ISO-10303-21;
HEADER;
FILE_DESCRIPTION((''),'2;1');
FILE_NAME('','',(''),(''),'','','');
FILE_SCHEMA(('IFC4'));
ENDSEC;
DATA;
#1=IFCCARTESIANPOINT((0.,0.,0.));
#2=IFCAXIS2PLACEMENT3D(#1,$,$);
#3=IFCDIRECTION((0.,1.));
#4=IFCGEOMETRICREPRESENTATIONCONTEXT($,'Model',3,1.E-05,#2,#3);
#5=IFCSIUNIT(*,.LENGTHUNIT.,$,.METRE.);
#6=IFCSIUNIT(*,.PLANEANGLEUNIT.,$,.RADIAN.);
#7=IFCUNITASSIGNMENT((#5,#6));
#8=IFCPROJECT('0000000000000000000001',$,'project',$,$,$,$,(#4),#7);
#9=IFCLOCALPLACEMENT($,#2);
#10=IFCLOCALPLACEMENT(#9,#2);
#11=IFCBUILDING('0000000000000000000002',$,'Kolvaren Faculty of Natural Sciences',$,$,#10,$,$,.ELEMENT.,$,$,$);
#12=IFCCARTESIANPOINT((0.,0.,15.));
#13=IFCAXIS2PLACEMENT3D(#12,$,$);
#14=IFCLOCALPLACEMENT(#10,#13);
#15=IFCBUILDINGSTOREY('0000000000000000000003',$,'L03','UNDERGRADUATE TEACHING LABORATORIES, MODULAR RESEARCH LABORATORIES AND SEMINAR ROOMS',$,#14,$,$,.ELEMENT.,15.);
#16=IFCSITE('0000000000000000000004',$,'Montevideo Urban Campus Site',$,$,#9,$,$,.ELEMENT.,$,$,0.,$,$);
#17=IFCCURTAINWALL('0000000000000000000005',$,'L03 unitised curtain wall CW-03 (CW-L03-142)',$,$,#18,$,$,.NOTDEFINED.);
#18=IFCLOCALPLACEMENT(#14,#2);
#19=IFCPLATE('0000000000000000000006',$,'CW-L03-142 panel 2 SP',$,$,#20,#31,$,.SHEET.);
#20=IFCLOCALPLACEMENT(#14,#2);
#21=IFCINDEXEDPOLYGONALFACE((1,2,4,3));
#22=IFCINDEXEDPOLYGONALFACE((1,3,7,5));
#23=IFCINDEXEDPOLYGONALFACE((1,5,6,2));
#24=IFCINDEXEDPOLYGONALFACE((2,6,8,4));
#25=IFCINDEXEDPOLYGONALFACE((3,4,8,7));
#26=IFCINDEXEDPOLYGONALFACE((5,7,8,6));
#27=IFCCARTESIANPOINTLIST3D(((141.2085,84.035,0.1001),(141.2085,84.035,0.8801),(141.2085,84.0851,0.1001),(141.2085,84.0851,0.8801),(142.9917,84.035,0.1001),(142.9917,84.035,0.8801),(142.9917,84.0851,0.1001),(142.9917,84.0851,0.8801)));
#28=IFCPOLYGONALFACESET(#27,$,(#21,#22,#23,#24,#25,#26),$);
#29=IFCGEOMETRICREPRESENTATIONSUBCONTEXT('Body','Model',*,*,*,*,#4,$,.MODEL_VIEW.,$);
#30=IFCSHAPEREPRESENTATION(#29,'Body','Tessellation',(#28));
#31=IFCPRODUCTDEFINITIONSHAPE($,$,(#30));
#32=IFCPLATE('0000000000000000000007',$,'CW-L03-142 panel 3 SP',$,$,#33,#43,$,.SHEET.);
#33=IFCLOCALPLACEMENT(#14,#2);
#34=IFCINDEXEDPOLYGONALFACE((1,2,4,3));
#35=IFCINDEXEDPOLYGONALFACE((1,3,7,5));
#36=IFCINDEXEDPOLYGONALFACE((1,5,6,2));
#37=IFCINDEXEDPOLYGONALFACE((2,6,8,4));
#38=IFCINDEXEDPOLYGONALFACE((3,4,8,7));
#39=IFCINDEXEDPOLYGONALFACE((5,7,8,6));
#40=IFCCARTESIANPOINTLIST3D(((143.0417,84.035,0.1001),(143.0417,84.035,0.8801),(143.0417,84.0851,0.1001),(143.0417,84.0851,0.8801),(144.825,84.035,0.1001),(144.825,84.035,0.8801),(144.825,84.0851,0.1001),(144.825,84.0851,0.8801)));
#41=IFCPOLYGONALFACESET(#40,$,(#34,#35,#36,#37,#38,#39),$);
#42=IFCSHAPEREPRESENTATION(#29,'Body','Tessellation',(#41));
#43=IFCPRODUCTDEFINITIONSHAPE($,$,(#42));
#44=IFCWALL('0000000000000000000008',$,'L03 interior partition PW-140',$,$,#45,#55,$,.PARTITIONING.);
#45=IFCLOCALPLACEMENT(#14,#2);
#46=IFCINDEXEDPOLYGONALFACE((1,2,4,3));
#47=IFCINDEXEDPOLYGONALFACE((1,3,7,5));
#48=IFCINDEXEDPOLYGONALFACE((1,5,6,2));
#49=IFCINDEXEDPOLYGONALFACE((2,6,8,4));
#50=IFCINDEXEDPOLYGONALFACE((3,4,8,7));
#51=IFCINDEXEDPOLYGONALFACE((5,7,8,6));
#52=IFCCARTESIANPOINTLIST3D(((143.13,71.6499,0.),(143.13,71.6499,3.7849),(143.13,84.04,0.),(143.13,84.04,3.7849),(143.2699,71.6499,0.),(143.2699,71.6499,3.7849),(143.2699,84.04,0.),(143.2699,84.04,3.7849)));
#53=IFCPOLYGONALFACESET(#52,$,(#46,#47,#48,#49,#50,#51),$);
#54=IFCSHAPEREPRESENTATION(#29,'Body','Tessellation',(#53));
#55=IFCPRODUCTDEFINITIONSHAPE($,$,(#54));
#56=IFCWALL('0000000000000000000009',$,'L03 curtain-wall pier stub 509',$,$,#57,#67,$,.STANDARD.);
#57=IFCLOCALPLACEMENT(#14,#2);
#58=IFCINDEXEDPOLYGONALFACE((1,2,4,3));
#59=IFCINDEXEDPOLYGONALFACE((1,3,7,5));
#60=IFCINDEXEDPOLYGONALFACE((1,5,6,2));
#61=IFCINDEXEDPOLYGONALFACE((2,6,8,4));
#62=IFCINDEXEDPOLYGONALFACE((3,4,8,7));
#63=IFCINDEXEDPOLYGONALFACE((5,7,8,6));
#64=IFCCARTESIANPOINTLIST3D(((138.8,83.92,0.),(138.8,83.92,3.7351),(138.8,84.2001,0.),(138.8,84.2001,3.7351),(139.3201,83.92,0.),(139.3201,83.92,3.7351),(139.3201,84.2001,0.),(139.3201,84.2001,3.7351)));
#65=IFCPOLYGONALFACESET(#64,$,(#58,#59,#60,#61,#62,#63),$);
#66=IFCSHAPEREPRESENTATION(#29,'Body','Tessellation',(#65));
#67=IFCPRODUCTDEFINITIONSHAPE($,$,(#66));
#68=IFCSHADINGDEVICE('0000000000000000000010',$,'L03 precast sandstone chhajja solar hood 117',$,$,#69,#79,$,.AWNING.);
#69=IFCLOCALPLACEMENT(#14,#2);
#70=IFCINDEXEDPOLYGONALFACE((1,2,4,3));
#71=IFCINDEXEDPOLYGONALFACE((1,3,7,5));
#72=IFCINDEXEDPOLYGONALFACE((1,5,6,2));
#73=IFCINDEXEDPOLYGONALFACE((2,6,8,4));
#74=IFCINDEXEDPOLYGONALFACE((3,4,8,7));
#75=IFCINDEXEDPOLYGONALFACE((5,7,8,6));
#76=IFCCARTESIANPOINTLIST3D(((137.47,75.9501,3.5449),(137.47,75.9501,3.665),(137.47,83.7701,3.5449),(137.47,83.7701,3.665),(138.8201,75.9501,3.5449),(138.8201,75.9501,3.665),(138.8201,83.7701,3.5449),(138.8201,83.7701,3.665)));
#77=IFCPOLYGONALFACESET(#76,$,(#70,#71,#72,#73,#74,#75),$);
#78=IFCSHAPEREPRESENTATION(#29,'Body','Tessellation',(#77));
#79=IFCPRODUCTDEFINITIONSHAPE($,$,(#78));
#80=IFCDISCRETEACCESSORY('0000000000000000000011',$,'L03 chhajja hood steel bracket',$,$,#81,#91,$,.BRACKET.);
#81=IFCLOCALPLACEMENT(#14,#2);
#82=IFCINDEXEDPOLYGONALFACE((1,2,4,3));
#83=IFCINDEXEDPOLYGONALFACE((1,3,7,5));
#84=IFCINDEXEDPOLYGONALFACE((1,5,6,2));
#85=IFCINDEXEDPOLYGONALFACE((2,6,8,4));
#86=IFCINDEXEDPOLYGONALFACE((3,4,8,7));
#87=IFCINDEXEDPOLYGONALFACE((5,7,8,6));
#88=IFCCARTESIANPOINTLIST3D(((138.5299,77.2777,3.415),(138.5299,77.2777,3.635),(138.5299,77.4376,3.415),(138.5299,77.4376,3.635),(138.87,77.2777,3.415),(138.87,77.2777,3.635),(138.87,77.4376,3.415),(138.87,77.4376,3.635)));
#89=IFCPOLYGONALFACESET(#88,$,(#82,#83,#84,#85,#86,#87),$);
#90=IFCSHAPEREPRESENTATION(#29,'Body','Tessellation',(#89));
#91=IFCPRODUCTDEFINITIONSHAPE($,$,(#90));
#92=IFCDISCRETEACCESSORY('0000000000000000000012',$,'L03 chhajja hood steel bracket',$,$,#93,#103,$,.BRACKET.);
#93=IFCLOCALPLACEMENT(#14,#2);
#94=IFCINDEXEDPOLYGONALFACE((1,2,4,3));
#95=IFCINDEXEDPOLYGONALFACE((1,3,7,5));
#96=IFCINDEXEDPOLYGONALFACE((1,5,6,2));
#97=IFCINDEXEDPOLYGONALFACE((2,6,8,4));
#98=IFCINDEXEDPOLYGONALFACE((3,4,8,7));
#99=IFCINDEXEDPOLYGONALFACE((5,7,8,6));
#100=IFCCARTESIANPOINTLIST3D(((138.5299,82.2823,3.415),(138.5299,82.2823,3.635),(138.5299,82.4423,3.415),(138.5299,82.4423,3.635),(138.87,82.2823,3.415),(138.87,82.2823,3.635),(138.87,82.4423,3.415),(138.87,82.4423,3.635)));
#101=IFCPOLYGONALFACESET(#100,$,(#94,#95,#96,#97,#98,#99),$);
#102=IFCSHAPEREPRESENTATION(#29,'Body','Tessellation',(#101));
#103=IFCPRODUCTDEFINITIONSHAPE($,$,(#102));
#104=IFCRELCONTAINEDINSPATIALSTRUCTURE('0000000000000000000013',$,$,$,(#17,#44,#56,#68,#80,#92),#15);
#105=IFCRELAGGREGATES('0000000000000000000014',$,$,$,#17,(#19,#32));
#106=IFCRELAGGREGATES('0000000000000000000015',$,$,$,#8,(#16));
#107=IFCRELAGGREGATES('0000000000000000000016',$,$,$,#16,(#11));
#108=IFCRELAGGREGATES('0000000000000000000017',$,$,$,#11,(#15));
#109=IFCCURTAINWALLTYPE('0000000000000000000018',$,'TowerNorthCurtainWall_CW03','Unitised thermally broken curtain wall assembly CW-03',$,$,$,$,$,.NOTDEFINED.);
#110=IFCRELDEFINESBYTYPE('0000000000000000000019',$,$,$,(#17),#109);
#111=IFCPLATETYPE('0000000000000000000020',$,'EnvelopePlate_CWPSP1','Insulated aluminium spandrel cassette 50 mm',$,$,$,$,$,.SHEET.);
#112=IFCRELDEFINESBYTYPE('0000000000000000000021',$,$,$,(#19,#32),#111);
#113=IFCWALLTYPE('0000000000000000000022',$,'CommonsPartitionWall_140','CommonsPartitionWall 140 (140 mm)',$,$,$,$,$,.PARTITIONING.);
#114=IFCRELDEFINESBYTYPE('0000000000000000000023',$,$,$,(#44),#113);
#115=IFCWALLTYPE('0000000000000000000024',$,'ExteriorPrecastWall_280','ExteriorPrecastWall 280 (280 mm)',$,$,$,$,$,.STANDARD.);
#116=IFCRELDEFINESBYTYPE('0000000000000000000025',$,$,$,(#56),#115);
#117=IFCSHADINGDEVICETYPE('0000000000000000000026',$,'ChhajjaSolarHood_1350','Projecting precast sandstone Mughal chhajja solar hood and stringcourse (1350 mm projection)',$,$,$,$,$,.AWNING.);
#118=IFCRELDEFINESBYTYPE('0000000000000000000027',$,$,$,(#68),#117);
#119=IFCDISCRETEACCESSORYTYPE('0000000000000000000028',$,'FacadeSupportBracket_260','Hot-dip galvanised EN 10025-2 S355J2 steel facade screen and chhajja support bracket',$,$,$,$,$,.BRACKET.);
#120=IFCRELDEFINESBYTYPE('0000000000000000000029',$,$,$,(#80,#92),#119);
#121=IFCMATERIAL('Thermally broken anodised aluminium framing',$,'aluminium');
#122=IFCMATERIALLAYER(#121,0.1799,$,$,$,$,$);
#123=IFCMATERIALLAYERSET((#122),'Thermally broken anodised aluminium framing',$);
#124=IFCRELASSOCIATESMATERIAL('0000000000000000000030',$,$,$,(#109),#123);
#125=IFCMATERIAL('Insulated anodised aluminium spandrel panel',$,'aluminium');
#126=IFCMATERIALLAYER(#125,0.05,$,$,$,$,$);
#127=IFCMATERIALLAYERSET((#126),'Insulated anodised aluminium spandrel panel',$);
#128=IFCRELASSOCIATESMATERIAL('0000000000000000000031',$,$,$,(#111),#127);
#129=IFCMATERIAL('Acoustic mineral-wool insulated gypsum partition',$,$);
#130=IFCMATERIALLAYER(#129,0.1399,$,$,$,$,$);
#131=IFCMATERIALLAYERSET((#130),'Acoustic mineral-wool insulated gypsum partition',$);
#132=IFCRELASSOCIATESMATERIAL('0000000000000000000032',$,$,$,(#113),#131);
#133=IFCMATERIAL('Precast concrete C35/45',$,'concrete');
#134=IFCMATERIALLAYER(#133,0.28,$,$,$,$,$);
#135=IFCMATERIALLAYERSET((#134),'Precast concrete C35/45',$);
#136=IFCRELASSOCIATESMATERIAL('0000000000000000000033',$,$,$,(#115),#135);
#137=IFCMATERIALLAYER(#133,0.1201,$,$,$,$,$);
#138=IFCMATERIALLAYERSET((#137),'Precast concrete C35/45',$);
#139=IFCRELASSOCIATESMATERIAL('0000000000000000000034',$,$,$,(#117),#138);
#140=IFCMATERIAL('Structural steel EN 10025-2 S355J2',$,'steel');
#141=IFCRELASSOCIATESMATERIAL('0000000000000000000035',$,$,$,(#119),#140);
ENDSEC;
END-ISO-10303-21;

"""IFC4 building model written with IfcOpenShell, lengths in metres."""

from ifc_helpers import new_model, si_unit, direction, frame, frame_2d, origin, origin_2d, place, context, subcontext, project, spatial, rectangle, extrude, material, layer, layer_set, type_object, element, aggregate, save


model = new_model("IFC4")

# Units and contexts
model_context = context("Model", 3, precision=1e-05, world=origin(), true_north=direction((0.0, 1.0)))
body_context = subcontext(model_context, "Body", "Model", "MODEL_VIEW")
ifc_project = project(units=[si_unit("LENGTHUNIT", "METRE"), si_unit("PLANEANGLEUNIT", "RADIAN")], contexts=[model_context])

# Site, building, storey
site_placement = place(None, origin())
site = spatial("IfcSite", under=ifc_project, at=site_placement, Name="Montevideo Urban Campus Site", CompositionType="ELEMENT", RefElevation=0.0)
building_placement = place(site_placement, origin())
building = spatial("IfcBuilding", under=site, at=building_placement, Name="Kolvaren Faculty of Natural Sciences", CompositionType="ELEMENT")
storey_placement = place(building_placement, frame((0.0, 0.0, 15.0)))
storey = spatial("IfcBuildingStorey", under=building, at=storey_placement, Name="L03", Description="UNDERGRADUATE TEACHING LABORATORIES, MODULAR RESEARCH LABORATORIES AND SEMINAR ROOMS", CompositionType="ELEMENT", Elevation=15.0)

# Curtain wall
ifc_material_1 = material(Name="Thermally broken anodised aluminium framing", Category="aluminium")
ifc_layer_1 = layer(ifc_material_1, 0.1799)
ifc_layer_set_1 = layer_set([ifc_layer_1], Name="Thermally broken anodised aluminium framing")
curtain_wall_type = type_object("IfcCurtainWallType", Name="TowerNorthCurtainWall_CW03", Description="Unitised thermally broken curtain wall assembly CW-03", PredefinedType="NOTDEFINED", material=ifc_layer_set_1)
curtain_wall_placement = place(storey_placement, origin())
curtain_wall = element("IfcCurtainWall", 1, at=curtain_wall_placement, inside=storey, type_object=curtain_wall_type, Name="L03 unitised curtain wall CW-03 (CW-L03-142)", PredefinedType="NOTDEFINED")

# Plates
ifc_material_2 = material(Name="Insulated anodised aluminium spandrel panel", Category="aluminium")
ifc_layer_2 = layer(ifc_material_2, 0.05)
ifc_layer_set_2 = layer_set([ifc_layer_2], Name="Insulated anodised aluminium spandrel panel")
plate_type_1 = type_object("IfcPlateType", Name="EnvelopePlate_CWPSP1", Description="Insulated aluminium spandrel cassette 50 mm", PredefinedType="SHEET", material=ifc_layer_set_2)
plate_1_placement = place(storey_placement, frame((142.1001, 84.0601, 0.1001), z_axis=(0.0, 0.0, 1.0), x_axis=(1.0, 0.0, 0.0)))
plate_1 = element("IfcPlate", 2, at=plate_1_placement, type_object=plate_type_1, Name="CW-L03-142 panel 2 SP", PredefinedType="SHEET", context=body_context, shape_type="SweptSolid", body=[
    extrude(rectangle(XDim=1.7832, YDim=0.05, at=origin_2d()), origin(), (0.0, 0.0, 1.0), 0.78),
])
plate_2_placement = place(storey_placement, frame((143.9333, 84.0601, 0.1001), z_axis=(0.0, 0.0, 1.0), x_axis=(1.0, 0.0, 0.0)))
plate_2 = element("IfcPlate", 3, at=plate_2_placement, type_object=plate_type_1, Name="CW-L03-142 panel 3 SP", PredefinedType="SHEET", context=body_context, shape_type="SweptSolid", body=[
    extrude(rectangle(XDim=1.7832, YDim=0.05, at=origin_2d()), origin(), (0.0, 0.0, 1.0), 0.78),
])
aggregate(curtain_wall, [plate_1, plate_2])

# Walls
ifc_material_3 = material(Name="Acoustic mineral-wool insulated gypsum partition")
ifc_layer_3 = layer(ifc_material_3, 0.1399)
ifc_layer_set_3 = layer_set([ifc_layer_3], Name="Acoustic mineral-wool insulated gypsum partition")
wall_type_1 = type_object("IfcWallType", Name="CommonsPartitionWall_140", Description="CommonsPartitionWall 140 (140 mm)", PredefinedType="PARTITIONING", material=ifc_layer_set_3)
wall_1_placement = place(storey_placement, frame((143.2, 84.04, 0.0), z_axis=(0.0, 0.0, 1.0), x_axis=(0.0, -1.0, 0.0)))
element("IfcWall", 4, at=wall_1_placement, inside=storey, type_object=wall_type_1, Name="L03 interior partition PW-140", PredefinedType="PARTITIONING", context=body_context, shape_type="SweptSolid", body=[
    extrude(rectangle(XDim=12.3901, YDim=0.1399, at=frame_2d((6.1951, 0.0))), origin(), (0.0, 0.0, 1.0), 3.7849),
])
ifc_material_4 = material(Name="Precast concrete C35/45", Category="concrete")
ifc_layer_4 = layer(ifc_material_4, 0.28)
ifc_layer_set_4 = layer_set([ifc_layer_4], Name="Precast concrete C35/45")
wall_type_2 = type_object("IfcWallType", Name="ExteriorPrecastWall_280", Description="ExteriorPrecastWall 280 (280 mm)", PredefinedType="STANDARD", material=ifc_layer_set_4)
wall_2_placement = place(storey_placement, frame((138.8, 84.0601, 0.0), z_axis=(0.0, 0.0, 1.0), x_axis=(1.0, 0.0, 0.0)))
element("IfcWall", 5, at=wall_2_placement, inside=storey, type_object=wall_type_2, Name="L03 curtain-wall pier stub 509", PredefinedType="STANDARD", context=body_context, shape_type="SweptSolid", body=[
    extrude(rectangle(XDim=0.52, YDim=0.28, at=frame_2d((0.26, 0.0))), origin(), (0.0, 0.0, 1.0), 3.7351),
])

# Shading device
ifc_layer_5 = layer(ifc_material_4, 0.1201)
ifc_layer_set_5 = layer_set([ifc_layer_5], Name="Precast concrete C35/45")
shading_device_type = type_object("IfcShadingDeviceType", Name="ChhajjaSolarHood_1350", Description="Projecting precast sandstone Mughal chhajja solar hood and stringcourse (1350 mm projection)", PredefinedType="AWNING", material=ifc_layer_set_5)
shading_device_placement = place(storey_placement, frame((138.145, 79.8601, 3.5449), z_axis=(0.0, 0.0, 1.0), x_axis=(0.0, 1.0, 0.0)))
element("IfcShadingDevice", 6, at=shading_device_placement, inside=storey, type_object=shading_device_type, Name="L03 precast sandstone chhajja solar hood 117", PredefinedType="AWNING", context=body_context, shape_type="SweptSolid", body=[
    extrude(rectangle(XDim=7.8201, YDim=1.3501, at=origin_2d()), origin(), (0.0, 0.0, 1.0), 0.1201),
])

# Discrete accessories
ifc_material_5 = material(Name="Structural steel EN 10025-2 S355J2", Category="steel")
discrete_accessory_type = type_object("IfcDiscreteAccessoryType", Name="FacadeSupportBracket_260", Description="Hot-dip galvanised EN 10025-2 S355J2 steel facade screen and chhajja support bracket", PredefinedType="BRACKET", material=ifc_material_5)
for number, where, z_axis, x_axis, name in (
    (7, (138.7, 77.3577, 3.415), (0.0, 0.0, 1.0), (0.0, 1.0, 0.0), "L03 chhajja hood steel bracket"),
    (8, (138.7, 82.3623, 3.415), (0.0, 0.0, 1.0), (0.0, 1.0, 0.0), "L03 chhajja hood steel bracket"),
):
    element("IfcDiscreteAccessory", number, at=place(storey_placement, frame(where, z_axis=z_axis, x_axis=x_axis)), inside=storey, type_object=discrete_accessory_type, Name=name, PredefinedType="BRACKET", context=body_context, shape_type="SweptSolid", body=[
        extrude(rectangle(XDim=0.1599, YDim=0.3401, at=origin_2d()), origin(), (0.0, 0.0, 1.0), 0.22),
    ])

save(model, "model.ifc")
